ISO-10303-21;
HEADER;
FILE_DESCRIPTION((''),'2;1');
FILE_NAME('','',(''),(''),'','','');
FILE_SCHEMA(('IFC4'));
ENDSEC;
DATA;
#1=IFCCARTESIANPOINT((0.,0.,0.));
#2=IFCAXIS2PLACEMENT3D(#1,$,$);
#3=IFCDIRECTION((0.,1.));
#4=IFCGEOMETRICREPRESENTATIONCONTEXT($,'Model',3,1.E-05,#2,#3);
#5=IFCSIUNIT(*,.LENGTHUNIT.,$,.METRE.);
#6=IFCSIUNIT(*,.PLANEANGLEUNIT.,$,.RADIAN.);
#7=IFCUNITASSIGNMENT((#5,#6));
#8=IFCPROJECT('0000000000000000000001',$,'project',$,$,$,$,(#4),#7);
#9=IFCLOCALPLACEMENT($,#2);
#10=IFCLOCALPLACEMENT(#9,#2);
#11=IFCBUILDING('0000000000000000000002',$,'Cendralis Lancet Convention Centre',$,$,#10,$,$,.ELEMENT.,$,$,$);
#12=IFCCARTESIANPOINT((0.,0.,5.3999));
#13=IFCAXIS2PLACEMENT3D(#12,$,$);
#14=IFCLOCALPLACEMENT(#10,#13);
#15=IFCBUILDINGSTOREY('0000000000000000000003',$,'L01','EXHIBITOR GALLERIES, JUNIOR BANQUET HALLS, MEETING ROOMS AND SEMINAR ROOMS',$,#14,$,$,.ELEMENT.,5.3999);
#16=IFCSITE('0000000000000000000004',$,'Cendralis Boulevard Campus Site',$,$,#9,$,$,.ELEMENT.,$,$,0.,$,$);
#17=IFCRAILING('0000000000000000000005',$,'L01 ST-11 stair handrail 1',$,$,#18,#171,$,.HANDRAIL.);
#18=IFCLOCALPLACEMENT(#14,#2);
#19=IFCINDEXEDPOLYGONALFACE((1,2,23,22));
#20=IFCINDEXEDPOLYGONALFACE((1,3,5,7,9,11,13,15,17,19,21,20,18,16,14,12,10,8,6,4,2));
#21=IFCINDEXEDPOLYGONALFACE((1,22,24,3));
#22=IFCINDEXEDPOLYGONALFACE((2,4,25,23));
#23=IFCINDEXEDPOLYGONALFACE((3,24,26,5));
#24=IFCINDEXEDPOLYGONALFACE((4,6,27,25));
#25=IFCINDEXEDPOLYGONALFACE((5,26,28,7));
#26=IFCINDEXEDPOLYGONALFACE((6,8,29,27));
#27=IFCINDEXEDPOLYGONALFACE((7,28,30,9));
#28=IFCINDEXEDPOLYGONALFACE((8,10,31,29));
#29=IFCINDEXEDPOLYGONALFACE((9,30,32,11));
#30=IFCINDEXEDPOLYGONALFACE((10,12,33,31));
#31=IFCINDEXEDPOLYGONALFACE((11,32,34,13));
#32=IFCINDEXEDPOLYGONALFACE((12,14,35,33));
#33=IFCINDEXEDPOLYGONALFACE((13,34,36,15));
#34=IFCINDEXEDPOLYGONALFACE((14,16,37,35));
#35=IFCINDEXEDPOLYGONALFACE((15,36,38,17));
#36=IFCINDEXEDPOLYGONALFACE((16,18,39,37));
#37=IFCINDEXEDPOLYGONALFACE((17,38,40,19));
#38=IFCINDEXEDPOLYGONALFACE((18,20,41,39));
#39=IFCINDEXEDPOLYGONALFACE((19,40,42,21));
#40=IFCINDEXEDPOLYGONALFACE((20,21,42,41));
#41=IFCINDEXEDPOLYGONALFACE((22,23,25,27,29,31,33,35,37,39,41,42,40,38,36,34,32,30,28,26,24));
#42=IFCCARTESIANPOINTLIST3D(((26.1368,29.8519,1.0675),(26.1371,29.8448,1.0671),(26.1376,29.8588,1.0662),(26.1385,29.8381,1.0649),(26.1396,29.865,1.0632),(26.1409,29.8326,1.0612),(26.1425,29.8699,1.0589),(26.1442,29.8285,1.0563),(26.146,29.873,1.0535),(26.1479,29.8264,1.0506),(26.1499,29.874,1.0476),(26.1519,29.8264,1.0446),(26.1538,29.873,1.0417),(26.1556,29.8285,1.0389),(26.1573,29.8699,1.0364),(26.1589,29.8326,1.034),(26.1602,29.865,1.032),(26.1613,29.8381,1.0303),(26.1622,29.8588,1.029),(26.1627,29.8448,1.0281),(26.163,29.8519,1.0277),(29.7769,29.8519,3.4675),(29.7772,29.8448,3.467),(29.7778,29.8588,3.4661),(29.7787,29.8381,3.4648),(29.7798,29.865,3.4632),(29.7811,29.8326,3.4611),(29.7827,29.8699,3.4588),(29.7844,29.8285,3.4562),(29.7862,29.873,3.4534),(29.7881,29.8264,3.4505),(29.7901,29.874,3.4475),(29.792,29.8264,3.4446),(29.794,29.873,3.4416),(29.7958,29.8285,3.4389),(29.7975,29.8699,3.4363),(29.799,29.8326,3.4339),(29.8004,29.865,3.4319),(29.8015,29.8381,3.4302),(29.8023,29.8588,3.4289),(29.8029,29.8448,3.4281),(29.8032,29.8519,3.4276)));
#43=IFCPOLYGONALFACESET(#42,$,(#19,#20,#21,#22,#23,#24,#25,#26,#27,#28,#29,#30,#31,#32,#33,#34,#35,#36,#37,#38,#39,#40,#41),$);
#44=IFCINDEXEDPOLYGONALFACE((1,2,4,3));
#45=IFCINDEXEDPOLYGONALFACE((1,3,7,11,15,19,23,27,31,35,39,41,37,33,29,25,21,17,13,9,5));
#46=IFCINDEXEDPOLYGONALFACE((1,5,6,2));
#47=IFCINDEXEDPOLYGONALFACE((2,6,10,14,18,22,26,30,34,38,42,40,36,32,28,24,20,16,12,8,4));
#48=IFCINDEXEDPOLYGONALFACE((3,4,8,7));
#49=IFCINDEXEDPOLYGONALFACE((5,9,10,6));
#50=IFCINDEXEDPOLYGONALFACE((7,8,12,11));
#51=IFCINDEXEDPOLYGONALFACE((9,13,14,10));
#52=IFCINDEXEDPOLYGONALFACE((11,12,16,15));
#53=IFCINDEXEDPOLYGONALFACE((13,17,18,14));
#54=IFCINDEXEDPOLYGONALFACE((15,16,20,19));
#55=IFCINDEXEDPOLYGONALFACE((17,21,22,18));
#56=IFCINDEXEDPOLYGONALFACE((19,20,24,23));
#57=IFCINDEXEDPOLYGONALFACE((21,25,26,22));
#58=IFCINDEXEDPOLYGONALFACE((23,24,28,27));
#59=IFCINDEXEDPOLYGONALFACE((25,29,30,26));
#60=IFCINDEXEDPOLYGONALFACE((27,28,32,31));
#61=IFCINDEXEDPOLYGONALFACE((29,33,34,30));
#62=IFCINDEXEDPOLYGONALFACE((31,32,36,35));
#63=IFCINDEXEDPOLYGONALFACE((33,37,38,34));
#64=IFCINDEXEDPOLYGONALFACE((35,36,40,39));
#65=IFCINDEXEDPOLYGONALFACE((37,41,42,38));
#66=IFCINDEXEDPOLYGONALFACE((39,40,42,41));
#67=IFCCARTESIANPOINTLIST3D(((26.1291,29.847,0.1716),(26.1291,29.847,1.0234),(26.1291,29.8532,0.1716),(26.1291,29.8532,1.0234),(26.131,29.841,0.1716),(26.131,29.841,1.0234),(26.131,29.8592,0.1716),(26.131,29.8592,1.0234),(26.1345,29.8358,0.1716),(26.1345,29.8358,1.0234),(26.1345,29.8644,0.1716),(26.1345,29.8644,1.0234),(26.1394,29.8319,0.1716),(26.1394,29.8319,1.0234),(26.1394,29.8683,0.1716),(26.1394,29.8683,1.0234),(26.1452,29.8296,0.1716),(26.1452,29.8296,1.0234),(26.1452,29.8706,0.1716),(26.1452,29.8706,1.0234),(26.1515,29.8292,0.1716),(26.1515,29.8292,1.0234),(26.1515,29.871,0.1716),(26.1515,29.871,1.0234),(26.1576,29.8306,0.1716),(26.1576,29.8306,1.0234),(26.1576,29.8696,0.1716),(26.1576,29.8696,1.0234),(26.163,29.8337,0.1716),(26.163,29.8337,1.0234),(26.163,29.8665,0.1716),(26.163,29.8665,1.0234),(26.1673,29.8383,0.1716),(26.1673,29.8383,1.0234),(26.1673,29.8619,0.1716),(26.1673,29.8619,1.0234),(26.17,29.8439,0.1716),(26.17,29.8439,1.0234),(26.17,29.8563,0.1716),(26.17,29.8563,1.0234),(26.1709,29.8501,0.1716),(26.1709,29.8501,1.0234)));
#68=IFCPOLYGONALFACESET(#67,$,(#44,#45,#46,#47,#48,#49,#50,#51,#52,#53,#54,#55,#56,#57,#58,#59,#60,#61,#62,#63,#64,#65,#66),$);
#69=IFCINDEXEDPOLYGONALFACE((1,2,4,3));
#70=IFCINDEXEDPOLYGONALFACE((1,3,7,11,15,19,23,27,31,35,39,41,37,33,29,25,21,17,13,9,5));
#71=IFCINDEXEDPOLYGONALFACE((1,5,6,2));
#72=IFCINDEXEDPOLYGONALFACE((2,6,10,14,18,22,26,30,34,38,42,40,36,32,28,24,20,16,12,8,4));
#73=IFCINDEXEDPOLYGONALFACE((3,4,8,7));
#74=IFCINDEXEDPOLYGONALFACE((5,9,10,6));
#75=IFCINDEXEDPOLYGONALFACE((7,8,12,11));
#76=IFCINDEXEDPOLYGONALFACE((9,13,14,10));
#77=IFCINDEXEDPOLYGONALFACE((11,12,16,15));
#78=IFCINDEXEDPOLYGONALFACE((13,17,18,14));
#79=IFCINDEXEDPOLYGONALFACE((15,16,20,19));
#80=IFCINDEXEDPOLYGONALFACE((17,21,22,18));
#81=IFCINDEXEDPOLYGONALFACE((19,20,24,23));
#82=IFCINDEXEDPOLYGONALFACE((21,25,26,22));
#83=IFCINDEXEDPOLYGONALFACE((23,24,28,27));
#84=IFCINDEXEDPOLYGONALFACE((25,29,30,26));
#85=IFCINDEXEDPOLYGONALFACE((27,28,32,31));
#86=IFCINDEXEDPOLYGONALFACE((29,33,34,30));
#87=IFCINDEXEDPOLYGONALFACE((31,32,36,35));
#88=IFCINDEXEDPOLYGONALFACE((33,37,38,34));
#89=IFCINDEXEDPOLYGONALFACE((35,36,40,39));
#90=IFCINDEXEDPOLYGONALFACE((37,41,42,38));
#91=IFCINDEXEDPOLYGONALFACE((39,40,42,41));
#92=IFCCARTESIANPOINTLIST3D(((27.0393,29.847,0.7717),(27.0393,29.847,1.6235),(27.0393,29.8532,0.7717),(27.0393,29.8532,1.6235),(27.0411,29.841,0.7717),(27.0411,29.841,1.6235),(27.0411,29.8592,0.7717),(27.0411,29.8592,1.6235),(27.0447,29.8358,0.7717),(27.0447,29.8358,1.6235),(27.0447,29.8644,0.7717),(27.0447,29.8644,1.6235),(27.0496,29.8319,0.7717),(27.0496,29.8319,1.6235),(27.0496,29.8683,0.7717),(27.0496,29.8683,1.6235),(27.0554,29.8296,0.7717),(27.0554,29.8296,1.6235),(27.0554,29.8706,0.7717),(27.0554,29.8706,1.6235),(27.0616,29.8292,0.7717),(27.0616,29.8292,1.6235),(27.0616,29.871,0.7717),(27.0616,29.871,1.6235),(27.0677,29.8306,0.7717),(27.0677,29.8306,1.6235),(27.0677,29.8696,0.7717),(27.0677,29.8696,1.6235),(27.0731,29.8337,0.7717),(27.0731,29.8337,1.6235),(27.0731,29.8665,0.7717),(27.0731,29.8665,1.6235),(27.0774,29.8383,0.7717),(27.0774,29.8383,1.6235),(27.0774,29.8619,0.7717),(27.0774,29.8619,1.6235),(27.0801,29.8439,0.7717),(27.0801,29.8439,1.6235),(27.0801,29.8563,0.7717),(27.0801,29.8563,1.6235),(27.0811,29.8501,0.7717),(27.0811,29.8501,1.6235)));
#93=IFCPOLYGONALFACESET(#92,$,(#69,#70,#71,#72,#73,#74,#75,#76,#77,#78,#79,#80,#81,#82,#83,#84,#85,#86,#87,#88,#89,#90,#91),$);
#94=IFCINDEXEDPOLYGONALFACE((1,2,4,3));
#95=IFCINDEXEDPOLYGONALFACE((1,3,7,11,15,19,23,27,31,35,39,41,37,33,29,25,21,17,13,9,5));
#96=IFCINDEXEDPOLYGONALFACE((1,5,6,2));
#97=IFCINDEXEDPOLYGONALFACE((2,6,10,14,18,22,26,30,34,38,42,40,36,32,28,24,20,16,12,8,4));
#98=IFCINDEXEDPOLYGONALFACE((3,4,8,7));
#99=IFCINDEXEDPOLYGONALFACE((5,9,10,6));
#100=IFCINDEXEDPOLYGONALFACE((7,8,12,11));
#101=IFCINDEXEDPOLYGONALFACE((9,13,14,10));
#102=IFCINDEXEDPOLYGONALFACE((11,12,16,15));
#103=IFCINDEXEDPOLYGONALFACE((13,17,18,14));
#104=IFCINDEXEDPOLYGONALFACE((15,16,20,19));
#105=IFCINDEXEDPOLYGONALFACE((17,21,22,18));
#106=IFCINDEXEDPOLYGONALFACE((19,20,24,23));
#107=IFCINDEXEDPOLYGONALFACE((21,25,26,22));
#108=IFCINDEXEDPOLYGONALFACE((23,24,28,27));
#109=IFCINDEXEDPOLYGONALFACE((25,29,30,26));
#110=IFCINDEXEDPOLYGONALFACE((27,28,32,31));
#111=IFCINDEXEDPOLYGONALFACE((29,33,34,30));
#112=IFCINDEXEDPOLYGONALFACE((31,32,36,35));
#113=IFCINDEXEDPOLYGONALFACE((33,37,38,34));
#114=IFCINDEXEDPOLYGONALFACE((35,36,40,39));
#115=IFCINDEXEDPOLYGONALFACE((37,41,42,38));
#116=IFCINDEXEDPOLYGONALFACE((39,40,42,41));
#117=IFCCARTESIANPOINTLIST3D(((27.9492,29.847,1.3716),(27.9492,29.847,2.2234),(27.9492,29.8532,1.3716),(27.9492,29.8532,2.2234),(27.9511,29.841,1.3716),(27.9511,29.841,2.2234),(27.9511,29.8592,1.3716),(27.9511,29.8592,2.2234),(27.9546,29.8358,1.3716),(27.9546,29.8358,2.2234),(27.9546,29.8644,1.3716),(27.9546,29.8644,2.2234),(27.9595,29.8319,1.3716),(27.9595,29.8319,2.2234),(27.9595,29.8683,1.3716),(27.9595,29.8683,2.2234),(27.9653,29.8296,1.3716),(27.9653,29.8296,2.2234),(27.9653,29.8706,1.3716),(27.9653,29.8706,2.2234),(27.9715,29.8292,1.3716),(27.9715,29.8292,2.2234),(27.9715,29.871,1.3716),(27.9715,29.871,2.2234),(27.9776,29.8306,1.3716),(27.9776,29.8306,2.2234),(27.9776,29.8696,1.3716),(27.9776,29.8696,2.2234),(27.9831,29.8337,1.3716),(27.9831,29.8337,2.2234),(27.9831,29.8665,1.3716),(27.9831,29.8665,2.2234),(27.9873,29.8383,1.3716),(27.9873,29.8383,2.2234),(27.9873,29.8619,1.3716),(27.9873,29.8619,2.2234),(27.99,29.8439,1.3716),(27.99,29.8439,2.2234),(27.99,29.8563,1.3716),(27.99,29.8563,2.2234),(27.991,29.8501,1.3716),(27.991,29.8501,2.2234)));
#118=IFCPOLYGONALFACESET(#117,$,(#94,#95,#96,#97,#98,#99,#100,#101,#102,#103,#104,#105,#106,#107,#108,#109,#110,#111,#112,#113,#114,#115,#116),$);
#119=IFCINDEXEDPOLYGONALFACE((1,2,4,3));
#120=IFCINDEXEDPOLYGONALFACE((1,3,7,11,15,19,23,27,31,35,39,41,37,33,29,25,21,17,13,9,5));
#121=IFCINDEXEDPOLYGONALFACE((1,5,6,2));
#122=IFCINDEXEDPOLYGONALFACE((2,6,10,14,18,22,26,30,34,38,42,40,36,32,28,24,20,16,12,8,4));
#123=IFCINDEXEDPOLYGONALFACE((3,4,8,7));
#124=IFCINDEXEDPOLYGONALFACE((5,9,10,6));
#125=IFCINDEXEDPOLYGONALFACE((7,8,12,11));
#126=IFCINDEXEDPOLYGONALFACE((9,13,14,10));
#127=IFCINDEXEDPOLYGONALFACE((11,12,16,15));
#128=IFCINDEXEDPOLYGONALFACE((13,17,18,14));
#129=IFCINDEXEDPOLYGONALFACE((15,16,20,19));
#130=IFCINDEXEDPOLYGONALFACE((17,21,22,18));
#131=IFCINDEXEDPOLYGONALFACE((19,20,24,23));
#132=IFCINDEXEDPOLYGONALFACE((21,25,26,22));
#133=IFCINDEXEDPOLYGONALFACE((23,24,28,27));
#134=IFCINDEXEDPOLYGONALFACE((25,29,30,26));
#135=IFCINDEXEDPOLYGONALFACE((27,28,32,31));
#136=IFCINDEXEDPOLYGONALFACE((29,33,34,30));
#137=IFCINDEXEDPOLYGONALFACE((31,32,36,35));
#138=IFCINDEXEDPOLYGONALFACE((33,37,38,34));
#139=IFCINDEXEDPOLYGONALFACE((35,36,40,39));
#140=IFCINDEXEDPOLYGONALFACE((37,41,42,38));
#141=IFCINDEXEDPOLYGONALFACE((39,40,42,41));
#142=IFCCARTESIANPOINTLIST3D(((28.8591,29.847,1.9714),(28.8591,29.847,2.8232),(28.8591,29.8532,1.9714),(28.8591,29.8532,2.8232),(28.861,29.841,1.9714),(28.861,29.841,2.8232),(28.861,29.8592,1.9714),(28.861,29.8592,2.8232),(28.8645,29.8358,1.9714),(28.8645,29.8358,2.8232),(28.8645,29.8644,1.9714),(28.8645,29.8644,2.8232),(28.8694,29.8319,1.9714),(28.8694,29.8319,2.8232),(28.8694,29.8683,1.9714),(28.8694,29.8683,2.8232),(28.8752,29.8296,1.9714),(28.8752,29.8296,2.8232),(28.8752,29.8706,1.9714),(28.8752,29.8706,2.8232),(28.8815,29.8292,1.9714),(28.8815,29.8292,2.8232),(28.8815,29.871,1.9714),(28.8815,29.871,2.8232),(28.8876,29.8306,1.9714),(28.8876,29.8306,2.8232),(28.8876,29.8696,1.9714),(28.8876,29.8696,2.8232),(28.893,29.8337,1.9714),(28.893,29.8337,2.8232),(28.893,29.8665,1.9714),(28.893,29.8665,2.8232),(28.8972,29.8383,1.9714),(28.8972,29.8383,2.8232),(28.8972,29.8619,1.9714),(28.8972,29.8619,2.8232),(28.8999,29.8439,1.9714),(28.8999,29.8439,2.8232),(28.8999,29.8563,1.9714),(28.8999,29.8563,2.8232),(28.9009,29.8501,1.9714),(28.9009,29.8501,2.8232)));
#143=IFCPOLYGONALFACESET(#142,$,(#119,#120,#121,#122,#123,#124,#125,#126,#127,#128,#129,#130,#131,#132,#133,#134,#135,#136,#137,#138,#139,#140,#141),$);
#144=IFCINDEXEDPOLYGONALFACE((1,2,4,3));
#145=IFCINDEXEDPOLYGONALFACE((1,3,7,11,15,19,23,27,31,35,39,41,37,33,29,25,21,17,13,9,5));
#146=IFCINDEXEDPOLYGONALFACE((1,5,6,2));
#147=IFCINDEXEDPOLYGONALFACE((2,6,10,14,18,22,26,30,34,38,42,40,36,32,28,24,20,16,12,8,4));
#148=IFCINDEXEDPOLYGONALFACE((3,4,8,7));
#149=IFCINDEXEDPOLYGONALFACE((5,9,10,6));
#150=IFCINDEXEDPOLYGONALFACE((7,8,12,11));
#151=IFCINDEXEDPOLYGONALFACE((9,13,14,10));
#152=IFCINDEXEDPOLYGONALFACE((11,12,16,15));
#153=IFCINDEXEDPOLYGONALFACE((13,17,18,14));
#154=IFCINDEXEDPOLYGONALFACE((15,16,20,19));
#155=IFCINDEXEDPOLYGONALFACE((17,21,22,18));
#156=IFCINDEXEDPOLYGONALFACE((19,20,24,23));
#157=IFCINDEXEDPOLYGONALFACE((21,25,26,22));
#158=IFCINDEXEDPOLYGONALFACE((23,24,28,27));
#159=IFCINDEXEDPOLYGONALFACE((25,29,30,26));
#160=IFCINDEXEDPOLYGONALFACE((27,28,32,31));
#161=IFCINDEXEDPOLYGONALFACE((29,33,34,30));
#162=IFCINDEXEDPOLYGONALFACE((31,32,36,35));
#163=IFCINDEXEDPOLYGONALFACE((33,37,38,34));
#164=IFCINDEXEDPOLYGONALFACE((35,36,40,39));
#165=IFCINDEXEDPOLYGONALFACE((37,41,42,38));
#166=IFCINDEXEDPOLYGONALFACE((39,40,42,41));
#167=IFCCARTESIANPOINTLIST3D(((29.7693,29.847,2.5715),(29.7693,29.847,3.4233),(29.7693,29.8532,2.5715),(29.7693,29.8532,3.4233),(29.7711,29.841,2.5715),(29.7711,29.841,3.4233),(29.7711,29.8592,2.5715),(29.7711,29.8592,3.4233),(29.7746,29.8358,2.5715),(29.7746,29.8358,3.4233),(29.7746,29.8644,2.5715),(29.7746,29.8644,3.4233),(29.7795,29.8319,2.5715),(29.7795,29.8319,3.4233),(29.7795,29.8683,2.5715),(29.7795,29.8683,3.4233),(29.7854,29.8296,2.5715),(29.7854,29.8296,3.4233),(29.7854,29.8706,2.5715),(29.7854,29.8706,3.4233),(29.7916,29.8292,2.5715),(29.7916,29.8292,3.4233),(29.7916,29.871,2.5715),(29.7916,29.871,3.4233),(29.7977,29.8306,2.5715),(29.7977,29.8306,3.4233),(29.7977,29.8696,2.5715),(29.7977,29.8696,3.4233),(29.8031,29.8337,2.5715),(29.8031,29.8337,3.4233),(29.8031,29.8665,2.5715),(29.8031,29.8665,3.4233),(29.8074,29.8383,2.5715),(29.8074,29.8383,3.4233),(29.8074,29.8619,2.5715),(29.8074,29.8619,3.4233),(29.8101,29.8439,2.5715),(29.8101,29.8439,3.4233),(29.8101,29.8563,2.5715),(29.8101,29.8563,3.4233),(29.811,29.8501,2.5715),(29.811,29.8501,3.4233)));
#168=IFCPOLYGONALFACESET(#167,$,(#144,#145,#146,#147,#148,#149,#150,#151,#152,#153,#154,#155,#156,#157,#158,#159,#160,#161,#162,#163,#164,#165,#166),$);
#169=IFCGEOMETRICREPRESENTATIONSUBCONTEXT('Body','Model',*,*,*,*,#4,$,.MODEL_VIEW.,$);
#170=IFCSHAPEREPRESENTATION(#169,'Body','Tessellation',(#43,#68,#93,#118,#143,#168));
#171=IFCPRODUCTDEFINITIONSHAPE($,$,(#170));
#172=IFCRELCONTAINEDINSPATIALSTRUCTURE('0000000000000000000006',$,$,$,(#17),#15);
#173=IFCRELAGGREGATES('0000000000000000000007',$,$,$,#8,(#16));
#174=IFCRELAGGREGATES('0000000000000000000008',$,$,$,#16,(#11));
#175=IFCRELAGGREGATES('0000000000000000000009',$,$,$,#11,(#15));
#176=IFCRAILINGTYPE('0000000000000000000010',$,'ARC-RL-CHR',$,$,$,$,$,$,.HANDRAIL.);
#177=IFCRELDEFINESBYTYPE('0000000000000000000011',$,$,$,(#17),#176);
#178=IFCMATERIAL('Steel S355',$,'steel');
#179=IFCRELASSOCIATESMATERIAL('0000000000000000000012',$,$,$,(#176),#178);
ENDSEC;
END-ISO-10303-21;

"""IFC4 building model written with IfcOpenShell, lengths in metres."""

from ifc_helpers import new_model, si_unit, direction, frame, origin, origin_2d, place, context, subcontext, project, spatial, circle, extrude, material, type_object, element, save


model = new_model("IFC4")

# Units and contexts
model_context = context("Model", 3, precision=1e-05, world=origin(), true_north=direction((0.0, 1.0)))
body_context = subcontext(model_context, "Body", "Model", "MODEL_VIEW")
ifc_project = project(units=[si_unit("LENGTHUNIT", "METRE"), si_unit("PLANEANGLEUNIT", "RADIAN")], contexts=[model_context])

# Site, building, storey
site_placement = place(None, origin())
site = spatial("IfcSite", under=ifc_project, at=site_placement, Name="Cendralis Boulevard Campus Site", CompositionType="ELEMENT", RefElevation=0.0)
building_placement = place(site_placement, origin())
building = spatial("IfcBuilding", under=site, at=building_placement, Name="Cendralis Lancet Convention Centre", CompositionType="ELEMENT")
storey_placement = place(building_placement, frame((0.0, 0.0, 5.3999)))
storey = spatial("IfcBuildingStorey", under=building, at=storey_placement, Name="L01", Description="EXHIBITOR GALLERIES, JUNIOR BANQUET HALLS, MEETING ROOMS AND SEMINAR ROOMS", CompositionType="ELEMENT", Elevation=5.3999)

# Shared definitions
ifc_material_1 = material(Name="Steel S355", Category="steel")

# Railing
railing_type_1 = type_object("IfcRailingType", Name="ARC-RL-CHR", PredefinedType="HANDRAIL", material=ifc_material_1)
railing_1_placement = place(storey_placement, frame((26.1499, 29.8501, 0.1716)))
element("IfcRailing", 1, at=railing_1_placement, inside=storey, type_object=railing_type_1, Name="L01 ST-11 stair handrail 1", PredefinedType="HANDRAIL", context=body_context, shape_type="SweptSolid", body=[
    extrude(circle(Radius=0.0239, at=origin_2d()), frame((0.0, 0.0, 0.876), z_axis=(0.834882, 0.0, 0.550429), x_axis=(0.0, 1.0, 0.0)), (0.0, 0.0, 1.0), 4.3601),
    extrude(circle(Radius=0.021, at=origin_2d()), origin(), (0.0, 0.0, 1.0), 0.8518),
    extrude(circle(Radius=0.021, at=origin_2d()), frame((0.9102, 0.0, 0.6001)), (0.0, 0.0, 1.0), 0.8518),
    extrude(circle(Radius=0.021, at=origin_2d()), frame((1.8201, 0.0, 1.2)), (0.0, 0.0, 1.0), 0.8518),
    extrude(circle(Radius=0.021, at=origin_2d()), frame((2.73, 0.0, 1.7998)), (0.0, 0.0, 1.0), 0.8518),
    extrude(circle(Radius=0.021, at=origin_2d()), frame((3.6401, 0.0, 2.3999)), (0.0, 0.0, 1.0), 0.8518),
])

save(model, "model.ifc")
